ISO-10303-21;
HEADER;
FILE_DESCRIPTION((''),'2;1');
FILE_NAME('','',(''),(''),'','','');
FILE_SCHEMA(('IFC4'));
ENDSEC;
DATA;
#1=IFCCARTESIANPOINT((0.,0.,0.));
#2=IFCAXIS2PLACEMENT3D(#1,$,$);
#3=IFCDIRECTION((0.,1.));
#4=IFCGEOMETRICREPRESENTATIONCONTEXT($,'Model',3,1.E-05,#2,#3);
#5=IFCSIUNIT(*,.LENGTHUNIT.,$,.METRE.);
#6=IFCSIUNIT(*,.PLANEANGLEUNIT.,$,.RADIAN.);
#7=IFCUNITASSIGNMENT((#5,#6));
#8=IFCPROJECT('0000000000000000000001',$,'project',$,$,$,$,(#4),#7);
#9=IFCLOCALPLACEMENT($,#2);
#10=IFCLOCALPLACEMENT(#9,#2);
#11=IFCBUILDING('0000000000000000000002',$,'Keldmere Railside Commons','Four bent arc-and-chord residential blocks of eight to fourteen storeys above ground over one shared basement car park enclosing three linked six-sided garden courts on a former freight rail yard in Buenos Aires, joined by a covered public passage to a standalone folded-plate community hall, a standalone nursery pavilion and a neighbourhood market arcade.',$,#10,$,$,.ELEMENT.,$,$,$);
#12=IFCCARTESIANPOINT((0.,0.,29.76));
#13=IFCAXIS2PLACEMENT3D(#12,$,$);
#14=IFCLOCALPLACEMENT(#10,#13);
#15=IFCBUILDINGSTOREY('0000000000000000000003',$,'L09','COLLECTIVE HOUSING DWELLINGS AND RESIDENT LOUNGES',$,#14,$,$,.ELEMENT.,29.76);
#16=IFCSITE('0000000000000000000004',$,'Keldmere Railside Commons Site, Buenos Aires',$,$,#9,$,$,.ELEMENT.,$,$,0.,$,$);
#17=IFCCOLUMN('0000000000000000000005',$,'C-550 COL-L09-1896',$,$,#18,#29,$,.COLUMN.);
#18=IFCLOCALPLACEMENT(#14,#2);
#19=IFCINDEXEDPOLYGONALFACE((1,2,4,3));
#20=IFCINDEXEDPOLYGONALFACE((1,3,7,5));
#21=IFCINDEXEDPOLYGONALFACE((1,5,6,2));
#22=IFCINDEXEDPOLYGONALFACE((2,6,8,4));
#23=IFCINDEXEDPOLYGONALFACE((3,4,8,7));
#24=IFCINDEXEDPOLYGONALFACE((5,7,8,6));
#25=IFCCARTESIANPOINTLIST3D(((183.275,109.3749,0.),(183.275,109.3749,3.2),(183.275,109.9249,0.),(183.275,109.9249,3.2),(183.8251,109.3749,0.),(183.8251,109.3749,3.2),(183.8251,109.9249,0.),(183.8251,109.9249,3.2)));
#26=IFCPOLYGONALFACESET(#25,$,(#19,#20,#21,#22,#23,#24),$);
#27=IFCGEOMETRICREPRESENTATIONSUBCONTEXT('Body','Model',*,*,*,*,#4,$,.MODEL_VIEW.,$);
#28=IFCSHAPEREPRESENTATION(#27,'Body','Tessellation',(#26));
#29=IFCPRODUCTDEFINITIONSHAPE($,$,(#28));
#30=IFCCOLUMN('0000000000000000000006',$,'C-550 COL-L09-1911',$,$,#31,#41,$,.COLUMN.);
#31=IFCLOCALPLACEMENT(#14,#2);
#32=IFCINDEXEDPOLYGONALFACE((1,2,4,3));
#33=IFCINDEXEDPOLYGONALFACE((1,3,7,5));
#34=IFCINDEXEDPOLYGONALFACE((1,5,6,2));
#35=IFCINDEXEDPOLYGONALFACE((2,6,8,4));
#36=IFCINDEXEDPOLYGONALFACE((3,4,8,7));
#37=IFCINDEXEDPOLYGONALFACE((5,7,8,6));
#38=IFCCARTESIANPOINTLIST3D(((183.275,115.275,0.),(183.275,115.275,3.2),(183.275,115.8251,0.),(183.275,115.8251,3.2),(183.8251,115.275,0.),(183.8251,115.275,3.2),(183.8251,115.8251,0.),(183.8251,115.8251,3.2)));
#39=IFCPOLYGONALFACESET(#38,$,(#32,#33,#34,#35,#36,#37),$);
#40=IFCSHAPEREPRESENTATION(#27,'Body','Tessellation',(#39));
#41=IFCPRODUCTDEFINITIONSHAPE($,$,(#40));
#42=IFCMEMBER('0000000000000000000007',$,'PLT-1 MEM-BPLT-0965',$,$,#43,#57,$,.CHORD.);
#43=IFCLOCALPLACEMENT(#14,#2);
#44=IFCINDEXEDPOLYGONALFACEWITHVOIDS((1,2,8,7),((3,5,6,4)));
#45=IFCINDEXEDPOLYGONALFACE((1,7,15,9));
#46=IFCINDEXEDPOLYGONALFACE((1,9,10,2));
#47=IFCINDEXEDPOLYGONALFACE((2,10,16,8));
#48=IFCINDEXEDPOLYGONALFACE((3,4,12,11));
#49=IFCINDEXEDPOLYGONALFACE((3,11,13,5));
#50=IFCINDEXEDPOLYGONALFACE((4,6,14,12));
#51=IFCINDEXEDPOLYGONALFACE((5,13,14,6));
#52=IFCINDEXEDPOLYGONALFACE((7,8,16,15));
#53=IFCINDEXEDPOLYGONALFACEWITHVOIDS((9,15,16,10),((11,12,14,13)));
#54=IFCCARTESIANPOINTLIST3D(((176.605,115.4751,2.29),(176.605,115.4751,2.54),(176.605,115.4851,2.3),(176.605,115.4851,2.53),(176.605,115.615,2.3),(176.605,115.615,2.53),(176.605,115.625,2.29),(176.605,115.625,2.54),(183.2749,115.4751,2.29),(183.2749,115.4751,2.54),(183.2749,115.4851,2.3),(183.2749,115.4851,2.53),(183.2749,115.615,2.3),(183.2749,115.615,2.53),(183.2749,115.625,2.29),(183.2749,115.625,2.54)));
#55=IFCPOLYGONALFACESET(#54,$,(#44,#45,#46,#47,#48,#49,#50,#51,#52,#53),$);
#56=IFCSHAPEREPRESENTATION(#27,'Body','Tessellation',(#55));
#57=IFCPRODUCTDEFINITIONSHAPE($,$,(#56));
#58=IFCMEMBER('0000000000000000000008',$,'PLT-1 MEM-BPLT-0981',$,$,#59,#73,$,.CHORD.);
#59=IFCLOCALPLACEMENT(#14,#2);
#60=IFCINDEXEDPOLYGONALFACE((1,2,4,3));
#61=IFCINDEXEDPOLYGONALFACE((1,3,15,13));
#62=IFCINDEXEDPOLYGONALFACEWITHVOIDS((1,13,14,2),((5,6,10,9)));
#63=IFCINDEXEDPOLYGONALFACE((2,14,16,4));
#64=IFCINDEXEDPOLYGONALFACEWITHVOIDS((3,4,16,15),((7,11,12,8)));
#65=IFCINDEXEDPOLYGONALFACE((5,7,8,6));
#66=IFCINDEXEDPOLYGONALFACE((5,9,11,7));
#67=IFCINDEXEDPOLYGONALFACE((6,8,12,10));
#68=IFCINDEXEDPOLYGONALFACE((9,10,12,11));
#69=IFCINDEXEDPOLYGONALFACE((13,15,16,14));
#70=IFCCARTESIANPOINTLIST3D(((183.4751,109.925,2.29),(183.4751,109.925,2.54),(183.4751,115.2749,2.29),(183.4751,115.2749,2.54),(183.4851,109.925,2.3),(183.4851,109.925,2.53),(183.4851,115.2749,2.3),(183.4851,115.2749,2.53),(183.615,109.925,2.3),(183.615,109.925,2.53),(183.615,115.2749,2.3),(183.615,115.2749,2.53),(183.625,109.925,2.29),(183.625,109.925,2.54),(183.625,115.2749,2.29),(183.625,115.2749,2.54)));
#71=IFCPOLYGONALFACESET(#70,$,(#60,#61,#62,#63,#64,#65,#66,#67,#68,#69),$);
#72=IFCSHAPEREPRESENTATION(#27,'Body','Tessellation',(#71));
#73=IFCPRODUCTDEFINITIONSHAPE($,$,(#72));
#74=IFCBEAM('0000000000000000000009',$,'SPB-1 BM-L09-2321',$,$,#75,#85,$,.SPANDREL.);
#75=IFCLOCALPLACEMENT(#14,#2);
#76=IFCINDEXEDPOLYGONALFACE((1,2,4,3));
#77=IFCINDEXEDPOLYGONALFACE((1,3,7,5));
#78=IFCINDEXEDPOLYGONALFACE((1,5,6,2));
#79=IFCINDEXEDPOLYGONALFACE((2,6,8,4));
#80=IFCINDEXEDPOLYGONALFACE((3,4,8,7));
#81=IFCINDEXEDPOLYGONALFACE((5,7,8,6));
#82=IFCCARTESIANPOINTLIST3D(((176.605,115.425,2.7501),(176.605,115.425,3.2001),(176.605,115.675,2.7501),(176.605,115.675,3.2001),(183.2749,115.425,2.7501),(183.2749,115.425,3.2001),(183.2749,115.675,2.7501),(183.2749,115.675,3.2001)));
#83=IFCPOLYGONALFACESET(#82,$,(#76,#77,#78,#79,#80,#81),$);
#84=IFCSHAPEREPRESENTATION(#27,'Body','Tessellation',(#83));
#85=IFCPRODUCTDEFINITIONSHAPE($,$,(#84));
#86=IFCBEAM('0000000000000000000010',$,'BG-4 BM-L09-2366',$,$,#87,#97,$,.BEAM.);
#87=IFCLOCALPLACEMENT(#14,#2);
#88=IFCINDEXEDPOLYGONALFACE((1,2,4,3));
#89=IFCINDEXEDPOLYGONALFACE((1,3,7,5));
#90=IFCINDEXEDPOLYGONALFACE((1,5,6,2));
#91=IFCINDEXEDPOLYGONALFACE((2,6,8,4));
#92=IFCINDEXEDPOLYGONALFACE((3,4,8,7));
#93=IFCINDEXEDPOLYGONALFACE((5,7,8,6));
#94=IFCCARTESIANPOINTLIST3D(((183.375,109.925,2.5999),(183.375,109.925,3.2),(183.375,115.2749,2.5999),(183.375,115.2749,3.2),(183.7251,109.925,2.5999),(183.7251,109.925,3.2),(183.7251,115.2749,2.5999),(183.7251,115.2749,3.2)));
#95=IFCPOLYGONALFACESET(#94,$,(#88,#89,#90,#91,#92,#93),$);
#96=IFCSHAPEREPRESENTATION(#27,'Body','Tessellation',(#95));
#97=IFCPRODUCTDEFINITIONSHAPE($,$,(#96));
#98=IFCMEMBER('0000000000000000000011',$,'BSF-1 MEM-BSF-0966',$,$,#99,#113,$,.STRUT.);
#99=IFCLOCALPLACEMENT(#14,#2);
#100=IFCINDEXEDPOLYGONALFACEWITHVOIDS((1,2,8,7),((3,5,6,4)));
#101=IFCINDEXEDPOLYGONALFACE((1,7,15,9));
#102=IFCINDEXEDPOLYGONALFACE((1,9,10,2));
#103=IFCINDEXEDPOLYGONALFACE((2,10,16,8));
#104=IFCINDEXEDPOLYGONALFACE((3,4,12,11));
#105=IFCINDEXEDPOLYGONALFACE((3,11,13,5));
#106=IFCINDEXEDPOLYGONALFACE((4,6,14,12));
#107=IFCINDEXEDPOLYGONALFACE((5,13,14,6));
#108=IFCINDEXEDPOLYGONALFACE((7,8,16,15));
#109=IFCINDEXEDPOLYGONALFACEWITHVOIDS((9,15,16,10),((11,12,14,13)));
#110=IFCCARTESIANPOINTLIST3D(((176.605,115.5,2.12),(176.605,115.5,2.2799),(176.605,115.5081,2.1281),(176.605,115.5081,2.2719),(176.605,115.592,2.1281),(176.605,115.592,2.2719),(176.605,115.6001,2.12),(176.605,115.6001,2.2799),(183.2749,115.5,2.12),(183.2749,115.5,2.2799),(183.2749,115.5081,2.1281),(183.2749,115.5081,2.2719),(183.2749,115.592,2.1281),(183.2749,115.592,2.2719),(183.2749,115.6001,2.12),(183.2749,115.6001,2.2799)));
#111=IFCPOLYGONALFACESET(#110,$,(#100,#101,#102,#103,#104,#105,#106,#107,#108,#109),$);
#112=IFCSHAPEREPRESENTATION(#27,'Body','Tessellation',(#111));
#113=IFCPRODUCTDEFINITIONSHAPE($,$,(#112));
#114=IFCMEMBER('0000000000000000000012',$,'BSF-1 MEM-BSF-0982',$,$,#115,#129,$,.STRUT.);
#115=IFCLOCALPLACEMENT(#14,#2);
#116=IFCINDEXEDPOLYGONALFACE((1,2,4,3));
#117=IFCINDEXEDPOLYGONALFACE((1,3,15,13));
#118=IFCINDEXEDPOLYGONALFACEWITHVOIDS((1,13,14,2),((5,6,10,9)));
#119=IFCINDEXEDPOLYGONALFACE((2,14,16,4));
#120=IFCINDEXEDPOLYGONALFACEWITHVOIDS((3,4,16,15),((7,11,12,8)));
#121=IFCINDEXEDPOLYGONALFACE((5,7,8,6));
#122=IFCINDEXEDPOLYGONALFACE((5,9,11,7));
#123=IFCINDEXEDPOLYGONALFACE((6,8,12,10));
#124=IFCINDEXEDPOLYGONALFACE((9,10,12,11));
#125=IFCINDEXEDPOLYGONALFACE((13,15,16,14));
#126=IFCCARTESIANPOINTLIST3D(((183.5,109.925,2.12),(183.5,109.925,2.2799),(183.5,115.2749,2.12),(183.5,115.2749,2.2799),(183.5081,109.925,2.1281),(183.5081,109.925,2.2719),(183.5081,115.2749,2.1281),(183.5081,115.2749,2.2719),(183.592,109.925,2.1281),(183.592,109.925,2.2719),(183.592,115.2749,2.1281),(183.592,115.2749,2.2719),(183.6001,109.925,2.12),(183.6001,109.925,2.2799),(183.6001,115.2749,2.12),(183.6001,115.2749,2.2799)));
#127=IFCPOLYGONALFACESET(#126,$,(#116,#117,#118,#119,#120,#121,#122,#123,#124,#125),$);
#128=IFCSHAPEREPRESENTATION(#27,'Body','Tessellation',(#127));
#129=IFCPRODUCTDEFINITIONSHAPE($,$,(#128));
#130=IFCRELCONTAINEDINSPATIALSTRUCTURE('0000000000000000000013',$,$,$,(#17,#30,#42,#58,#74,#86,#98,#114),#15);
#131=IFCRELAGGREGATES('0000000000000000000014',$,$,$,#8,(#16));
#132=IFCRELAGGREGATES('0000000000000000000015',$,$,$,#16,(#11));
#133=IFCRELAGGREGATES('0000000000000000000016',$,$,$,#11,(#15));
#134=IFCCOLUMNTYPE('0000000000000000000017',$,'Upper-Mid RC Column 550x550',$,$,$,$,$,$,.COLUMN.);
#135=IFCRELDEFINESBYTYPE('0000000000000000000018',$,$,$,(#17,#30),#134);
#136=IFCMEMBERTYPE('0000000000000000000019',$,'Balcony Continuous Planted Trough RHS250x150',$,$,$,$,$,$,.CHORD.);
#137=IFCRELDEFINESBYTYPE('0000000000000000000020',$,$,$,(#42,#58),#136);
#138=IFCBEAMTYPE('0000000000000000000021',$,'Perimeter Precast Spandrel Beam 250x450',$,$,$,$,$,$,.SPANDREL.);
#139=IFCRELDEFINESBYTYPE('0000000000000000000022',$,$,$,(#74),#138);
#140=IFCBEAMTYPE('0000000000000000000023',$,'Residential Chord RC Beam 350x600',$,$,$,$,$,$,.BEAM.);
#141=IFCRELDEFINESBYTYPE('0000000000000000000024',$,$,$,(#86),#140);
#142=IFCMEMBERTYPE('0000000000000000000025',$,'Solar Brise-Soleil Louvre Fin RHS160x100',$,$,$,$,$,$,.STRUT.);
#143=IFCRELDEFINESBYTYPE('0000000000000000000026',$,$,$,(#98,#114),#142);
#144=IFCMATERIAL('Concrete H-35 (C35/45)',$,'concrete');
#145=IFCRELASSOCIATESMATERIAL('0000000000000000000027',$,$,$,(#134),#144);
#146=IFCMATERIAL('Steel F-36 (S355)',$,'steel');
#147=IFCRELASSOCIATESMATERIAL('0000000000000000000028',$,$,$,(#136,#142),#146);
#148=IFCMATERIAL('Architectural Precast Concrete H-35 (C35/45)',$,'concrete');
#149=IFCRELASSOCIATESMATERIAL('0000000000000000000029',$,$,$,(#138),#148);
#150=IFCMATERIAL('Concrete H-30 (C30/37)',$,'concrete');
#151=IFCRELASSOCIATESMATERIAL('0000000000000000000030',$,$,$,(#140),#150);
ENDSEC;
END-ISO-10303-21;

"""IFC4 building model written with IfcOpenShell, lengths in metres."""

from ifc_helpers import new_model, si_unit, direction, frame, origin, origin_2d, place, context, subcontext, project, spatial, rectangle, hollow_rectangle, extrude, material, material_profile, profile_set, type_object, element, save


model = new_model("IFC4")

# Units and contexts
model_context = context("Model", 3, precision=1e-05, world=origin(), true_north=direction((0.0, 1.0)))
body_context = subcontext(model_context, "Body", "Model", "MODEL_VIEW")
ifc_project = project(units=[si_unit("LENGTHUNIT", "METRE"), si_unit("PLANEANGLEUNIT", "RADIAN")], contexts=[model_context])

# Site, building, storey
site_placement = place(None, origin())
site = spatial("IfcSite", under=ifc_project, at=site_placement, Name="Keldmere Railside Commons Site, Buenos Aires", CompositionType="ELEMENT", RefElevation=0.0)
building_placement = place(site_placement, origin())
building = spatial("IfcBuilding", under=site, at=building_placement, Name="Keldmere Railside Commons", Description="Four bent arc-and-chord residential blocks of eight to fourteen storeys above ground over one shared basement car park enclosing three linked six-sided garden courts on a former freight rail yard in Buenos Aires, joined by a covered public passage to a standalone folded-plate community hall, a standalone nursery pavilion and a neighbourhood market arcade.", CompositionType="ELEMENT")
storey_placement = place(building_placement, frame((0.0, 0.0, 29.76)))
storey = spatial("IfcBuildingStorey", under=building, at=storey_placement, Name="L09", Description="COLLECTIVE HOUSING DWELLINGS AND RESIDENT LOUNGES", CompositionType="ELEMENT", Elevation=29.76)

# Columns
ifc_material_1 = material(Name="Concrete H-35 (C35/45)", Category="concrete")
ifc_material_profile_1 = material_profile(ifc_material_1, rectangle(XDim=0.55, YDim=0.55, at=origin_2d()), Name="RC-550x550")
ifc_profile_set_1 = profile_set([ifc_material_profile_1], Name="Concrete H-35 (C35/45)")
column_type = type_object("IfcColumnType", Name="Upper-Mid RC Column 550x550", PredefinedType="COLUMN", material=ifc_profile_set_1)
for number, where, z_axis, x_axis, name in (
    (1, (183.55, 109.6499, 0.0), (0.0, 0.0, 1.0), (1.0, 0.0, 0.0), "C-550 COL-L09-1896"),
    (2, (183.55, 115.55, 0.0), (0.0, 0.0, 1.0), (1.0, 0.0, 0.0), "C-550 COL-L09-1911"),
):
    element("IfcColumn", number, at=place(storey_placement, frame(where, z_axis=z_axis, x_axis=x_axis)), inside=storey, type_object=column_type, Name=name, PredefinedType="COLUMN", context=body_context, shape_type="SweptSolid", body=[
        extrude(rectangle(XDim=0.55, YDim=0.55, at=origin_2d()), origin(), (0.0, 0.0, 1.0), 3.2),
    ])

# Members
ifc_material_2 = material(Name="Steel F-36 (S355)", Category="steel")
ifc_material_profile_2 = material_profile(ifc_material_2, hollow_rectangle(XDim=0.1499, YDim=0.25, WallThickness=0.01, at=origin_2d()), Name="RHS-250x150x10")
ifc_profile_set_2 = profile_set([ifc_material_profile_2], Name="Steel F-36 (S355)")
member_type_1 = type_object("IfcMemberType", Name="Balcony Continuous Planted Trough RHS250x150", PredefinedType="CHORD", material=ifc_profile_set_2)
member_1_placement = place(storey_placement, frame((176.605, 115.55, 2.415), z_axis=(1.0, 0.0, 0.0), x_axis=(0.0, 1.0, 0.0)))
element("IfcMember", 3, at=member_1_placement, inside=storey, type_object=member_type_1, Name="PLT-1 MEM-BPLT-0965", PredefinedType="CHORD", context=body_context, shape_type="SweptSolid", body=[
    extrude(hollow_rectangle(XDim=0.1499, YDim=0.25, WallThickness=0.01, at=origin_2d()), origin(), (0.0, 0.0, 1.0), 6.6699),
])
member_2_placement = place(storey_placement, frame((183.55, 109.925, 2.415), z_axis=(0.0, 1.0, 0.0), x_axis=(-1.0, 0.0, 0.0)))
element("IfcMember", 4, at=member_2_placement, inside=storey, type_object=member_type_1, Name="PLT-1 MEM-BPLT-0981", PredefinedType="CHORD", context=body_context, shape_type="SweptSolid", body=[
    extrude(hollow_rectangle(XDim=0.1499, YDim=0.25, WallThickness=0.01, at=origin_2d()), origin(), (0.0, 0.0, 1.0), 5.3499),
])

# Beams
ifc_material_3 = material(Name="Architectural Precast Concrete H-35 (C35/45)", Category="concrete")
ifc_material_profile_3 = material_profile(ifc_material_3, rectangle(XDim=0.25, YDim=0.45, at=origin_2d()), Name="RC-250x450")
ifc_profile_set_3 = profile_set([ifc_material_profile_3], Name="Architectural Precast Concrete H-35 (C35/45)")
beam_type_1 = type_object("IfcBeamType", Name="Perimeter Precast Spandrel Beam 250x450", PredefinedType="SPANDREL", material=ifc_profile_set_3)
beam_1_placement = place(storey_placement, frame((176.605, 115.55, 2.9751), z_axis=(1.0, 0.0, 0.0), x_axis=(0.0, 1.0, 0.0)))
element("IfcBeam", 5, at=beam_1_placement, inside=storey, type_object=beam_type_1, Name="SPB-1 BM-L09-2321", PredefinedType="SPANDREL", context=body_context, shape_type="SweptSolid", body=[
    extrude(rectangle(XDim=0.25, YDim=0.45, at=origin_2d()), origin(), (0.0, 0.0, 1.0), 6.6699),
])
ifc_material_4 = material(Name="Concrete H-30 (C30/37)", Category="concrete")
ifc_material_profile_4 = material_profile(ifc_material_4, rectangle(XDim=0.3501, YDim=0.6001, at=origin_2d()), Name="RC-350x600")
ifc_profile_set_4 = profile_set([ifc_material_profile_4], Name="Concrete H-30 (C30/37)")
beam_type_2 = type_object("IfcBeamType", Name="Residential Chord RC Beam 350x600", PredefinedType="BEAM", material=ifc_profile_set_4)
beam_2_placement = place(storey_placement, frame((183.55, 109.925, 2.8999), z_axis=(0.0, 1.0, 0.0), x_axis=(-1.0, 0.0, 0.0)))
element("IfcBeam", 6, at=beam_2_placement, inside=storey, type_object=beam_type_2, Name="BG-4 BM-L09-2366", PredefinedType="BEAM", context=body_context, shape_type="SweptSolid", body=[
    extrude(rectangle(XDim=0.3501, YDim=0.6001, at=origin_2d()), origin(), (0.0, 0.0, 1.0), 5.3499),
])

# Members
ifc_material_profile_5 = material_profile(ifc_material_2, hollow_rectangle(XDim=0.1001, YDim=0.1599, WallThickness=0.0081, at=origin_2d()), Name="RHS-160x100x8")
ifc_profile_set_5 = profile_set([ifc_material_profile_5], Name="Steel F-36 (S355)")
member_type_2 = type_object("IfcMemberType", Name="Solar Brise-Soleil Louvre Fin RHS160x100", PredefinedType="STRUT", material=ifc_profile_set_5)
member_3_placement = place(storey_placement, frame((176.605, 115.55, 2.2), z_axis=(1.0, 0.0, 0.0), x_axis=(0.0, 1.0, 0.0)))
element("IfcMember", 7, at=member_3_placement, inside=storey, type_object=member_type_2, Name="BSF-1 MEM-BSF-0966", PredefinedType="STRUT", context=body_context, shape_type="SweptSolid", body=[
    extrude(hollow_rectangle(XDim=0.1001, YDim=0.1599, WallThickness=0.0081, at=origin_2d()), origin(), (0.0, 0.0, 1.0), 6.6699),
])
member_4_placement = place(storey_placement, frame((183.55, 109.925, 2.2), z_axis=(0.0, 1.0, 0.0), x_axis=(-1.0, 0.0, 0.0)))
element("IfcMember", 8, at=member_4_placement, inside=storey, type_object=member_type_2, Name="BSF-1 MEM-BSF-0982", PredefinedType="STRUT", context=body_context, shape_type="SweptSolid", body=[
    extrude(hollow_rectangle(XDim=0.1001, YDim=0.1599, WallThickness=0.0081, at=origin_2d()), origin(), (0.0, 0.0, 1.0), 5.3499),
])

save(model, "model.ifc")
